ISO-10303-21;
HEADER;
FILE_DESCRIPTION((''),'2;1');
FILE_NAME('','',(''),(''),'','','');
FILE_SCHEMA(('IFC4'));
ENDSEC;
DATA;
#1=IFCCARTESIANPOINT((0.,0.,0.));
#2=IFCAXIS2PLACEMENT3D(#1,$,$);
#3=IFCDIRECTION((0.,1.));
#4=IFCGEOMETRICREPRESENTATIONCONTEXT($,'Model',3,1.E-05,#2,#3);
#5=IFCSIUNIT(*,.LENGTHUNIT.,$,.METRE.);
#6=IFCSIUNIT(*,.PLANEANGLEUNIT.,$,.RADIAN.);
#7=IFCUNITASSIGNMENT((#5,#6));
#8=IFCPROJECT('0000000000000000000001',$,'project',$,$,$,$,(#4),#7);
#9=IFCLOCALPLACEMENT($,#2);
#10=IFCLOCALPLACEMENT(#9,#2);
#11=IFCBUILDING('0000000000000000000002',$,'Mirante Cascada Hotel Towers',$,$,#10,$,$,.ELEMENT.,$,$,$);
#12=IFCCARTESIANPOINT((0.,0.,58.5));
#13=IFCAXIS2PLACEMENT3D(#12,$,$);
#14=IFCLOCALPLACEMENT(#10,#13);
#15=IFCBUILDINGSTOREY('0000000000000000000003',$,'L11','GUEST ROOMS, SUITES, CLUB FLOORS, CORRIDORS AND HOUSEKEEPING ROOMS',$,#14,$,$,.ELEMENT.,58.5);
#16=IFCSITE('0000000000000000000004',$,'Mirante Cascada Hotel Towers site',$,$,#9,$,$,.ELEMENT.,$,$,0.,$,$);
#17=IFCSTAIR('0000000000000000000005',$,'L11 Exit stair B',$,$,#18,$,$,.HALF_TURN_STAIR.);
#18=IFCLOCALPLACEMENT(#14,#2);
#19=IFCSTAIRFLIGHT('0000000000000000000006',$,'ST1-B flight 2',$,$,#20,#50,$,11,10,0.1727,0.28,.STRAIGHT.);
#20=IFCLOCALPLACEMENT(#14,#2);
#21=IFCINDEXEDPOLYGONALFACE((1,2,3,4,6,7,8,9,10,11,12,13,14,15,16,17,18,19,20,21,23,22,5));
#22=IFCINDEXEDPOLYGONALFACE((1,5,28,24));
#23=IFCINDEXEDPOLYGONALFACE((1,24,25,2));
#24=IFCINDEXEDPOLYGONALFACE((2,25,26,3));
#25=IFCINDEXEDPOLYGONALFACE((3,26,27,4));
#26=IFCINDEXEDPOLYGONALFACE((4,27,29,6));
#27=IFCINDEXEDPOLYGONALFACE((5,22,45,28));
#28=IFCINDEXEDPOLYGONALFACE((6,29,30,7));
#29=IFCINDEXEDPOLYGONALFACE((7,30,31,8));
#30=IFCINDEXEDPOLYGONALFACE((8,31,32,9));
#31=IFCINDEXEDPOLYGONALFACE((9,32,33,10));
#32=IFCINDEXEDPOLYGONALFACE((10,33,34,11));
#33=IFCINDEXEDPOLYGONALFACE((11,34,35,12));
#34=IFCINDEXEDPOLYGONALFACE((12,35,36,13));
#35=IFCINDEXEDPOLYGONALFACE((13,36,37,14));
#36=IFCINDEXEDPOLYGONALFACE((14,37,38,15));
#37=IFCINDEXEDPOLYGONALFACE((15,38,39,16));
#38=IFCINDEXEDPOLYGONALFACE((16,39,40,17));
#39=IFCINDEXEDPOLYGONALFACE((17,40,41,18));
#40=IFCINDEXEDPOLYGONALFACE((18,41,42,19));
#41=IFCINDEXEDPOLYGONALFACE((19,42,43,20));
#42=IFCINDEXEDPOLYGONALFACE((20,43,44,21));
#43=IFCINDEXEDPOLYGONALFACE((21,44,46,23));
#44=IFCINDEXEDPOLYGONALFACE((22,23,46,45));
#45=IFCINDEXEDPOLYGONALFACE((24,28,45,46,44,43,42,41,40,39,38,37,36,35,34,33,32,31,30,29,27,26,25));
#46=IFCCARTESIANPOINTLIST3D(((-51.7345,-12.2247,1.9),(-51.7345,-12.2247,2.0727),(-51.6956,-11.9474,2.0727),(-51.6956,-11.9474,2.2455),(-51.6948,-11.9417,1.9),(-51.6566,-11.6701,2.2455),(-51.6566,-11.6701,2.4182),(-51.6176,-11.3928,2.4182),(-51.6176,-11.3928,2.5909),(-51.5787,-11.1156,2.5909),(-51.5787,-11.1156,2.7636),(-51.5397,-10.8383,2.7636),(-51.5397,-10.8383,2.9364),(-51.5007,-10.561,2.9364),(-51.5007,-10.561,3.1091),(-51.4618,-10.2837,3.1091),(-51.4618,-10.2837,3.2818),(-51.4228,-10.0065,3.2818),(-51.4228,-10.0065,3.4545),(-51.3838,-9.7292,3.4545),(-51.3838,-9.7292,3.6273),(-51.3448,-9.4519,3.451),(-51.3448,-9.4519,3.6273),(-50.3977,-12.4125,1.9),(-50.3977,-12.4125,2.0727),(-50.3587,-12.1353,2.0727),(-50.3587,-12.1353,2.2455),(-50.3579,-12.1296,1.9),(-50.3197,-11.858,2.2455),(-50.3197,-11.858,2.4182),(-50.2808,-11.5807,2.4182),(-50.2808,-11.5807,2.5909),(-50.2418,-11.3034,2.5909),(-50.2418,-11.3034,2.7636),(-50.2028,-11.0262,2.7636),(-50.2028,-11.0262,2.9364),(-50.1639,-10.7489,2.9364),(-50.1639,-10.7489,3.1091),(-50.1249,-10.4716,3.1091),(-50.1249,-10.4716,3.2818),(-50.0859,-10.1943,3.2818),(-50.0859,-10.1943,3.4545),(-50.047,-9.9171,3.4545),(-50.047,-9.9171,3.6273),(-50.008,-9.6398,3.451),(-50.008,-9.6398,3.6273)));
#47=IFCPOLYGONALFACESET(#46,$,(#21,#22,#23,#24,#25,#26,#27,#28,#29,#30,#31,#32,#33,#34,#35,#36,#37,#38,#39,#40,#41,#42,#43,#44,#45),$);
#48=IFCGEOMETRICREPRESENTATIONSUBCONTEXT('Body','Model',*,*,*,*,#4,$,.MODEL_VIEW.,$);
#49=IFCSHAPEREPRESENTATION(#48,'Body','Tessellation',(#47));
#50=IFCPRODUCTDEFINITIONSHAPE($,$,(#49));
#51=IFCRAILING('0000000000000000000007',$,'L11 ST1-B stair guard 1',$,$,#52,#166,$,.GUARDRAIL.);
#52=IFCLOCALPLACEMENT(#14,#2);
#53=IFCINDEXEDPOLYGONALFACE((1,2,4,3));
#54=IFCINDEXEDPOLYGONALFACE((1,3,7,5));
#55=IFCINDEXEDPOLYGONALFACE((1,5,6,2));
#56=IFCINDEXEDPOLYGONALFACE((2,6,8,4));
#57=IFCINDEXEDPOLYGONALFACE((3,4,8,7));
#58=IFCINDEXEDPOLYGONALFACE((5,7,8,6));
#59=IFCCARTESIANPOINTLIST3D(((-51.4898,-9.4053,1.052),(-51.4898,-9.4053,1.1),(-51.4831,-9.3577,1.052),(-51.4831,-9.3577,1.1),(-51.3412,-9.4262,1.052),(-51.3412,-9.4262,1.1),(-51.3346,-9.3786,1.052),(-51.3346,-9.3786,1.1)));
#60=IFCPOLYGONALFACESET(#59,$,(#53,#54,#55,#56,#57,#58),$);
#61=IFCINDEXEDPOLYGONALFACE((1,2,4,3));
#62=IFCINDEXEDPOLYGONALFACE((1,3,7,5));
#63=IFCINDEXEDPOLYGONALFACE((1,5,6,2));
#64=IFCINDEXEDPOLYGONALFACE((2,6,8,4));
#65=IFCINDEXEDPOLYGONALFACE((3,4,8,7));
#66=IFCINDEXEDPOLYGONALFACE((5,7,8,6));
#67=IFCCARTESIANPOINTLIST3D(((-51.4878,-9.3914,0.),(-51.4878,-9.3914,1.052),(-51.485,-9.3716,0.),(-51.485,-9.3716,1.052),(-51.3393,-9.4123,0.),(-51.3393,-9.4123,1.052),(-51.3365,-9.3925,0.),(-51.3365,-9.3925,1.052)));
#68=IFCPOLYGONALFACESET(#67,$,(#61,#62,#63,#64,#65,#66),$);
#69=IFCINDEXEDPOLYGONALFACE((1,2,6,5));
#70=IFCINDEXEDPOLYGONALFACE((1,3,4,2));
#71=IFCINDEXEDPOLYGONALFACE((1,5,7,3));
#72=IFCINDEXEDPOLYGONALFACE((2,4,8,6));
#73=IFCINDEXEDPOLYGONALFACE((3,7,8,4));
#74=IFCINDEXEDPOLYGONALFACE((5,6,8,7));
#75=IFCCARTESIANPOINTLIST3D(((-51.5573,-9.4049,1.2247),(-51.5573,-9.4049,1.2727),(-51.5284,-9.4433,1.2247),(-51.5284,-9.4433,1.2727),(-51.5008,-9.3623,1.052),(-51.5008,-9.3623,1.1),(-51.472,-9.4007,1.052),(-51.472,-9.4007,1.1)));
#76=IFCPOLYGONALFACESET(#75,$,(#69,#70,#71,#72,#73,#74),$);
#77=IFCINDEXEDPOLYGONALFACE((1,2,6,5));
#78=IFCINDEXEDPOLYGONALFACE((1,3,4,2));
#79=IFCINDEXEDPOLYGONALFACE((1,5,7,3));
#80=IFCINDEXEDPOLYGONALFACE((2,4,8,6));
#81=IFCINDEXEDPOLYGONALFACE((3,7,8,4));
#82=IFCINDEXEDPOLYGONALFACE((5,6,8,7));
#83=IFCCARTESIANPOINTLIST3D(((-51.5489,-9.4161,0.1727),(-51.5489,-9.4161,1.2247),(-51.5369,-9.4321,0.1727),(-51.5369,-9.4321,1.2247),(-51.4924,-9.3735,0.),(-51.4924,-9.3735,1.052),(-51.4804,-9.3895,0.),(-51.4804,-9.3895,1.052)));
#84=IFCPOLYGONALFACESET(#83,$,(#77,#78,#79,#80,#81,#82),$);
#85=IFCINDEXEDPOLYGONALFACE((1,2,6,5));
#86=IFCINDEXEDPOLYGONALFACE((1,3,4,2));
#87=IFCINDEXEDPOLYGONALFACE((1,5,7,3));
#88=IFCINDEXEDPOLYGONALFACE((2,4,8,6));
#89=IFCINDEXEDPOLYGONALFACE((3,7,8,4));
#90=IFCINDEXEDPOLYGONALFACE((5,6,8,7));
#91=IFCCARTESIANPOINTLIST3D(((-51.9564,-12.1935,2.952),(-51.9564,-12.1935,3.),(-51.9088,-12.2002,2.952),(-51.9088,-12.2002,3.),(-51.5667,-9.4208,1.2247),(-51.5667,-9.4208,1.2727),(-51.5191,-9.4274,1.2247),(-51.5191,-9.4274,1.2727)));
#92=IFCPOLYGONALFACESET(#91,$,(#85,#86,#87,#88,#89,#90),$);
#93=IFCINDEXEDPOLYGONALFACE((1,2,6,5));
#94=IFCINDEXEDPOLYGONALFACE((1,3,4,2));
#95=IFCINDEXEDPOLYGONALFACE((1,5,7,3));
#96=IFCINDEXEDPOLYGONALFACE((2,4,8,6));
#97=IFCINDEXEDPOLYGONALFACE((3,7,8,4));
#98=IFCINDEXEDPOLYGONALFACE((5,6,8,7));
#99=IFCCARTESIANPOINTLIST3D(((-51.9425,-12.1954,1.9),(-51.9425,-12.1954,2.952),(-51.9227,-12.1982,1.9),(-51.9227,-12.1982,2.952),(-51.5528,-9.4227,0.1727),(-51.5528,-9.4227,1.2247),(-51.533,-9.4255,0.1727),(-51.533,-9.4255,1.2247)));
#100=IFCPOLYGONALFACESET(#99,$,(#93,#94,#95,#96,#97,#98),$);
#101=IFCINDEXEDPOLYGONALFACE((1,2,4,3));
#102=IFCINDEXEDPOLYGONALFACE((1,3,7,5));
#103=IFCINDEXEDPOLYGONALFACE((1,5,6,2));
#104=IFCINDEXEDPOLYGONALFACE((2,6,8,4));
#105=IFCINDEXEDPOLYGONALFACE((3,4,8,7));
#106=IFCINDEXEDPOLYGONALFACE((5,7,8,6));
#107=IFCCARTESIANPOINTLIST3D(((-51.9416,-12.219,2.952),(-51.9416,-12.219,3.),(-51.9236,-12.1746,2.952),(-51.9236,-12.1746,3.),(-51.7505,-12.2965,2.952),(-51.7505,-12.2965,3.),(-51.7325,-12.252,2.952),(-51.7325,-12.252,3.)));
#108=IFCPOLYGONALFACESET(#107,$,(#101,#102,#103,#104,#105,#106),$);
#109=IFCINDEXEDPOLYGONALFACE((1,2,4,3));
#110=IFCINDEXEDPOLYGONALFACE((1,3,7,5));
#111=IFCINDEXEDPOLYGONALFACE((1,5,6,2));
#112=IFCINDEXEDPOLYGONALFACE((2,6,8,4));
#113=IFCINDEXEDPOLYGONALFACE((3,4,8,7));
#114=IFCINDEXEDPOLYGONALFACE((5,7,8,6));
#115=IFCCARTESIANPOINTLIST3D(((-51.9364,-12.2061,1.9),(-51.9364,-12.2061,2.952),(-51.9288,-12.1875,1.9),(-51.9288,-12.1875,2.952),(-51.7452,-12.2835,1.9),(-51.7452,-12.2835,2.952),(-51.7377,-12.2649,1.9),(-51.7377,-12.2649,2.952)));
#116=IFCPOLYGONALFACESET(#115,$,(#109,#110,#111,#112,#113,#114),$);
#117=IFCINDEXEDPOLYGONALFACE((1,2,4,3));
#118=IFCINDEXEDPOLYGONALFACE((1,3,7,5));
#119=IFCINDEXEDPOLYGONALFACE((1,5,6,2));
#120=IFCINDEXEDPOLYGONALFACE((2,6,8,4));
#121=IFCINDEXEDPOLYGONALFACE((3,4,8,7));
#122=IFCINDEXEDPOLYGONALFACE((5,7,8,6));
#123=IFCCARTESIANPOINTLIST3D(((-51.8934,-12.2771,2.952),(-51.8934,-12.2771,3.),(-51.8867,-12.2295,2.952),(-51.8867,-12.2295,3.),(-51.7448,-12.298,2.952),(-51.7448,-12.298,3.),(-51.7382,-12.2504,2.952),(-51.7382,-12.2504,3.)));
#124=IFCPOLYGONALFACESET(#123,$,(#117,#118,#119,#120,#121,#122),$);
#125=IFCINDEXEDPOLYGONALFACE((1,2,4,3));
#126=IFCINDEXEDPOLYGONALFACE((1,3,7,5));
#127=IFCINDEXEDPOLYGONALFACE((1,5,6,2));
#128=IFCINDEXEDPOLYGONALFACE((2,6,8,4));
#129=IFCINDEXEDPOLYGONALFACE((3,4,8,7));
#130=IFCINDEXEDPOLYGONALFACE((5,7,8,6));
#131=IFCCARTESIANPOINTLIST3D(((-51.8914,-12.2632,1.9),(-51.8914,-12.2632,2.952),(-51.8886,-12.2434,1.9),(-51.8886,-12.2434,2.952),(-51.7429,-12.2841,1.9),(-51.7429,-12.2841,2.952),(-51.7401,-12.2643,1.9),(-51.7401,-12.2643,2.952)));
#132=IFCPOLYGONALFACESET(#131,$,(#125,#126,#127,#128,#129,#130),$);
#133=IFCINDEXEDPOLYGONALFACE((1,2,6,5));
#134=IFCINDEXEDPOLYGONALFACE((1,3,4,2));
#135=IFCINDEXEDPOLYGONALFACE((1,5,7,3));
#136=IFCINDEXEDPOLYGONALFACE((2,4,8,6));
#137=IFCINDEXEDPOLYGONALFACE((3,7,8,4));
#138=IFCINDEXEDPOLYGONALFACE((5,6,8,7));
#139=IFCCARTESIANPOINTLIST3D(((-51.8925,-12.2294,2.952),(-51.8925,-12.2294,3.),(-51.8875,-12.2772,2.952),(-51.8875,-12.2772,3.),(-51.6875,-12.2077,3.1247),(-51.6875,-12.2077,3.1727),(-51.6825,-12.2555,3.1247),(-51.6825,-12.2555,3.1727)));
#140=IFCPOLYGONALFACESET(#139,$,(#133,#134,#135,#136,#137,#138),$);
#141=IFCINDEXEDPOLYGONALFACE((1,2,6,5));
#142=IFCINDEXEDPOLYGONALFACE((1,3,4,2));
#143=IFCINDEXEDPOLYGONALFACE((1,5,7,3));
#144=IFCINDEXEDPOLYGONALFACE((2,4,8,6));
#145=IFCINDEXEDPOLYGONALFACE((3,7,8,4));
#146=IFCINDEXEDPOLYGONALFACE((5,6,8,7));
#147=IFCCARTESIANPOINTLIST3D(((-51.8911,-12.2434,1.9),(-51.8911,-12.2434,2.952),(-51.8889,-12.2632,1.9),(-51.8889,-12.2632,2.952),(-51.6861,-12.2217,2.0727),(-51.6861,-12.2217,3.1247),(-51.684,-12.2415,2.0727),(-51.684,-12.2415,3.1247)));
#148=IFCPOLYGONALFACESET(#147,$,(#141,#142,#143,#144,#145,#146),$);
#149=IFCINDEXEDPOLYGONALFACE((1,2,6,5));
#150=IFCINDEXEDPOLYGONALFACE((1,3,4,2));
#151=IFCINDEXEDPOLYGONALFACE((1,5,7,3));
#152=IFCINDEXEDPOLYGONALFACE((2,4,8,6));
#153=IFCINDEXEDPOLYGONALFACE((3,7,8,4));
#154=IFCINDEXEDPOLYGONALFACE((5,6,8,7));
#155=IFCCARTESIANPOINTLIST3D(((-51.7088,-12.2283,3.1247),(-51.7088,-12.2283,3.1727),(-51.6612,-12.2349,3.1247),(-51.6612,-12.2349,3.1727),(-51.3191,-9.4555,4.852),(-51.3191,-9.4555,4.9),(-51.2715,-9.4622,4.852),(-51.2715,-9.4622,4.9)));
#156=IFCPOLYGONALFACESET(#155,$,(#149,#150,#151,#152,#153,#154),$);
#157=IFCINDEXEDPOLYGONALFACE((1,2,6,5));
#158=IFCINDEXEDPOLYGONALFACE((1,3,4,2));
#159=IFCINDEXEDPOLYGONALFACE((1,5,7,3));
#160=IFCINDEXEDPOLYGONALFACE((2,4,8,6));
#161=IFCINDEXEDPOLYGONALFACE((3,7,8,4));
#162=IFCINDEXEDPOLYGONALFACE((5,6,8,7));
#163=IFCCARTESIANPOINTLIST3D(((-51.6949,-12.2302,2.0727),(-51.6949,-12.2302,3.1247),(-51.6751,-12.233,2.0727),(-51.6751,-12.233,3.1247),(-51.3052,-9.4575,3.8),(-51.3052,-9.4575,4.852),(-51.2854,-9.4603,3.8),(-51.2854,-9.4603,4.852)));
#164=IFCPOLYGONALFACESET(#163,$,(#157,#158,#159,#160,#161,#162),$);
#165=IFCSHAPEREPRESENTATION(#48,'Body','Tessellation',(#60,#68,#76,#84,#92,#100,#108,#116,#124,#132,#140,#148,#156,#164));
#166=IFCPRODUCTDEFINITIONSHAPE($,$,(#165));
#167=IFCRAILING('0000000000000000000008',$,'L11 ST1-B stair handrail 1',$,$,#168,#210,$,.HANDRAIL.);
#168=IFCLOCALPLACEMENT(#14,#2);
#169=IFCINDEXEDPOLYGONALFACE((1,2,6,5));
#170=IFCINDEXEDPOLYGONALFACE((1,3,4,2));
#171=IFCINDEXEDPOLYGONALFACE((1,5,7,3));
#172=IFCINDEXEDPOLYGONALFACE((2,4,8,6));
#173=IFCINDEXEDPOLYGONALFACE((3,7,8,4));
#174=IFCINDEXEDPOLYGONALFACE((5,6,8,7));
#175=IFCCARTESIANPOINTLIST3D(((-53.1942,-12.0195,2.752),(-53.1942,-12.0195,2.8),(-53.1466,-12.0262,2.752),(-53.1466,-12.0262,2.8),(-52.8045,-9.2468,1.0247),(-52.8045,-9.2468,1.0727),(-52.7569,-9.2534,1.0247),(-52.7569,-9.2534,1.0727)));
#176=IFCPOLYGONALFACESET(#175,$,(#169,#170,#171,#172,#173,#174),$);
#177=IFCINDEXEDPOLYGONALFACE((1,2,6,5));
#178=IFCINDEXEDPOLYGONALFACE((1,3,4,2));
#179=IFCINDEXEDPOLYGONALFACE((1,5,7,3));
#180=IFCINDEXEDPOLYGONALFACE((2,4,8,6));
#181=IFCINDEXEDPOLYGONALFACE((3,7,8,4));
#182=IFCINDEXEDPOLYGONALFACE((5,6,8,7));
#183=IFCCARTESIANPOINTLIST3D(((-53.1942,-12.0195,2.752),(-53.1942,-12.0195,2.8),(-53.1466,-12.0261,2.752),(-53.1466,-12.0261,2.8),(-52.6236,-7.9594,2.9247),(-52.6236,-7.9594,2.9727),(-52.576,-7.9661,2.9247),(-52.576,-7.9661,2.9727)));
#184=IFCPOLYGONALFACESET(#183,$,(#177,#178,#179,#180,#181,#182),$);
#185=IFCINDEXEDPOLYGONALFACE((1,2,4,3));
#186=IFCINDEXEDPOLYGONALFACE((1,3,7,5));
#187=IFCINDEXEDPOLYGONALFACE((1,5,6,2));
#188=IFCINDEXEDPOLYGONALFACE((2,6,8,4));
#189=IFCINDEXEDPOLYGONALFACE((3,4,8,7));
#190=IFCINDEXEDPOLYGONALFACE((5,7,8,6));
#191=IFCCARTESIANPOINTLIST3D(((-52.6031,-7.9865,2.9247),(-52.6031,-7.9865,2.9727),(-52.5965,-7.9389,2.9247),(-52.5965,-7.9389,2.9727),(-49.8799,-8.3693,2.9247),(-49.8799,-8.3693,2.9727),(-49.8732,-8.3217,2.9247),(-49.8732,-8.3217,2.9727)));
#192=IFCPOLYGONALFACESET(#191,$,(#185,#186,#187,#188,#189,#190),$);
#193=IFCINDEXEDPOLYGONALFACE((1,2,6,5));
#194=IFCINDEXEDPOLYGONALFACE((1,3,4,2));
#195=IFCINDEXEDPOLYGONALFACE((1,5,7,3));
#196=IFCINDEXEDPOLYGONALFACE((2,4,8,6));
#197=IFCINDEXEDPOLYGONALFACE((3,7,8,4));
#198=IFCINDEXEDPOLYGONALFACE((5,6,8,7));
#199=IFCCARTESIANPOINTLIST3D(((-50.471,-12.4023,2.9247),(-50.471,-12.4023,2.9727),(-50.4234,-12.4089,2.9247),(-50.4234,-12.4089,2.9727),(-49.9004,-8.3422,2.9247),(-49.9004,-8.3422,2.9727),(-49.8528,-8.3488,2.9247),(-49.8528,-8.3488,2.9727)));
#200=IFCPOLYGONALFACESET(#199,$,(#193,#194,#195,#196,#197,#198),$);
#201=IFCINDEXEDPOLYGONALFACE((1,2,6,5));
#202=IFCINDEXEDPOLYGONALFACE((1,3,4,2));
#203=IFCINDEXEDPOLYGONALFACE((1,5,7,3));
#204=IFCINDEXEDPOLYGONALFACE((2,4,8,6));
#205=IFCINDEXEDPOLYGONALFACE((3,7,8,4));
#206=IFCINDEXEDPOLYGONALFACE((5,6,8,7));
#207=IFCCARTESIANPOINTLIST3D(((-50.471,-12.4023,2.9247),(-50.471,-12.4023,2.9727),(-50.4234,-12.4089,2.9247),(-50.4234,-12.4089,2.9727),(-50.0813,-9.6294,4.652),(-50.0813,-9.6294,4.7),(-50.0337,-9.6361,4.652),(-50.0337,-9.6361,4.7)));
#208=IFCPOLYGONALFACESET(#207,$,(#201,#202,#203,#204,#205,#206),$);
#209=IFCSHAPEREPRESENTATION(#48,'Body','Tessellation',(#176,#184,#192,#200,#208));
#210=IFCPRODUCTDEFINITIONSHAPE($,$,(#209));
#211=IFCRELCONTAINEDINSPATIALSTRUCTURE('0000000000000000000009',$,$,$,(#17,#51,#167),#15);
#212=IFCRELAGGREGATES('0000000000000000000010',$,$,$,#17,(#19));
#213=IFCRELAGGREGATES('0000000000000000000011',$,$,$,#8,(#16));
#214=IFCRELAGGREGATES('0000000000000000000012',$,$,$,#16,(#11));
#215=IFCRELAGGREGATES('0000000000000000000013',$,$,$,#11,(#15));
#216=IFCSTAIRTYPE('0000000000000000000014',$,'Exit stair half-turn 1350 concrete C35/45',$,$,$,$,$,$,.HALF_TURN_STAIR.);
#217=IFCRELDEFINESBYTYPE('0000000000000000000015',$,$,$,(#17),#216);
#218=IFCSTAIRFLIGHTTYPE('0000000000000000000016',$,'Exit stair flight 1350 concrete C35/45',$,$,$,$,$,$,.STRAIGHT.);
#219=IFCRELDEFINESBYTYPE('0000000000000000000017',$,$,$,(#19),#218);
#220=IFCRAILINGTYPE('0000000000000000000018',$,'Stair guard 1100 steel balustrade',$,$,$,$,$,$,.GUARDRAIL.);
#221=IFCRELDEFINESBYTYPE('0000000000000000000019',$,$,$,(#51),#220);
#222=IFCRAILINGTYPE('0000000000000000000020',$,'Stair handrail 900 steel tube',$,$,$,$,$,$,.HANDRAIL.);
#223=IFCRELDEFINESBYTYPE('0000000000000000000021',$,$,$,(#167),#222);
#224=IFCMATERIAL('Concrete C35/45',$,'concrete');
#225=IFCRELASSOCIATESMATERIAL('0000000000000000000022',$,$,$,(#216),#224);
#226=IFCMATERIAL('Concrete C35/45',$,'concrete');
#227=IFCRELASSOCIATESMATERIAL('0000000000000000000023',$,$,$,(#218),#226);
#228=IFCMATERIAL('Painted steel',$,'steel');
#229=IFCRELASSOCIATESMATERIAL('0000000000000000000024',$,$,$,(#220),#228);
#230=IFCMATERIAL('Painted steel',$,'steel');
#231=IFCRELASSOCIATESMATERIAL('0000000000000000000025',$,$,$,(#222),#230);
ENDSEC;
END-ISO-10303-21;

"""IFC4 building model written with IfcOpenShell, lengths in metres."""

from ifc_helpers import new_model, si_unit, direction, frame, origin, origin_2d, place, context, subcontext, project, spatial, polyline, rectangle, outline, extrude, material, type_object, element, aggregate, save


model = new_model("IFC4")

# Units and contexts
model_context = context("Model", 3, precision=1e-05, world=origin(), true_north=direction((0.0, 1.0)))
body_context = subcontext(model_context, "Body", "Model", "MODEL_VIEW")
ifc_project = project(units=[si_unit("LENGTHUNIT", "METRE"), si_unit("PLANEANGLEUNIT", "RADIAN")], contexts=[model_context])

# Site, building, storey
site_placement = place(None, origin())
site = spatial("IfcSite", under=ifc_project, at=site_placement, Name="Mirante Cascada Hotel Towers site", CompositionType="ELEMENT", RefElevation=0.0)
building_placement = place(site_placement, origin())
building = spatial("IfcBuilding", under=site, at=building_placement, Name="Mirante Cascada Hotel Towers", CompositionType="ELEMENT")
storey_placement = place(building_placement, frame((0.0, 0.0, 58.5)))
storey = spatial("IfcBuildingStorey", under=building, at=storey_placement, Name="L11", Description="GUEST ROOMS, SUITES, CLUB FLOORS, CORRIDORS AND HOUSEKEEPING ROOMS", CompositionType="ELEMENT", Elevation=58.5)

# Stair, stair flight
ifc_material_1 = material(Name="Concrete C35/45", Category="concrete")
stair_type = type_object("IfcStairType", Name="Exit stair half-turn 1350 concrete C35/45", PredefinedType="HALF_TURN_STAIR", material=ifc_material_1)
stair_placement = place(storey_placement, origin())
stair = element("IfcStair", 1, at=stair_placement, inside=storey, type_object=stair_type, Name="L11 Exit stair B", PredefinedType="HALF_TURN_STAIR")
ifc_material_2 = material(Name="Concrete C35/45", Category="concrete")
stair_flight_type = type_object("IfcStairFlightType", Name="Exit stair flight 1350 concrete C35/45", PredefinedType="STRAIGHT", material=ifc_material_2)
stair_flight_1_placement = place(storey_placement, frame((-51.0661, -12.3186, 1.9), z_axis=(0.0, 0.0, 1.0), x_axis=(0.139173, 0.990268, 0.0)))
stair_flight_1 = element("IfcStairFlight", 2, at=stair_flight_1_placement, type_object=stair_flight_type, Name="ST1-B flight 2", NumberOfRisers=11, NumberOfTreads=10, PredefinedType="STRAIGHT", RiserHeight=0.1727, TreadLength=0.28, context=body_context, shape_type="SweptSolid", body=[
    extrude(outline(polyline([(0.0, 0.0), (0.0, 0.1727), (0.28, 0.1727), (0.28, 0.3455), (0.56, 0.3455), (0.56, 0.5182), (0.84, 0.5182), (0.84, 0.6909), (1.12, 0.6909), (1.12, 0.8636), (1.4, 0.8636), (1.4, 1.0364), (1.68, 1.0364), (1.68, 1.2091), (1.96, 1.2091), (1.96, 1.3818), (2.24, 1.3818), (2.24, 1.5545), (2.52, 1.5545), (2.52, 1.7273), (2.8, 1.7273), (2.8, 1.9), (2.8, 1.551), (0.2857, 0.0), (0.0, 0.0)])), frame((0.0, 0.675, 0.0), z_axis=(0.0, -1.0, 0.0), x_axis=(1.0, 0.0, 0.0)), (0.0, 0.0, 1.0), 1.35),
])
aggregate(stair, [stair_flight_1])

# Railings
ifc_material_3 = material(Name="Painted steel", Category="steel")
railing_type_1 = type_object("IfcRailingType", Name="Stair guard 1100 steel balustrade", PredefinedType="GUARDRAIL", material=ifc_material_3)
railing_1_placement = place(storey_placement, frame((-51.3379, -9.4024, 0.0)))
element("IfcRailing", 3, at=railing_1_placement, inside=storey, type_object=railing_type_1, Name="L11 ST1-B stair guard 1", PredefinedType="GUARDRAIL", context=body_context, shape_type="SweptSolid", body=[
    extrude(rectangle(XDim=0.048, YDim=0.048, at=origin_2d()), frame((0.0, 0.0, 1.076), z_axis=(-0.990241, 0.139367, 0.0), x_axis=(-0.139367, -0.990241, 0.0)), (0.0, 0.0, 1.0), 0.15),
    extrude(rectangle(XDim=0.02, YDim=1.052, at=origin_2d()), frame((0.0, 0.0, 0.526), z_axis=(-0.990241, 0.139367, 0.0), x_axis=(-0.139367, -0.990241, 0.0)), (0.0, 0.0, 1.0), 0.15),
    extrude(rectangle(XDim=0.048, YDim=0.048, at=origin_2d()), frame((-0.1485, 0.0209, 1.076), z_axis=(-0.798471, -0.602033, 0.0), x_axis=(0.602033, -0.798471, 0.0)), (0.0, 0.92534, 0.379139), 0.1866),
    extrude(rectangle(XDim=0.02, YDim=1.052, at=origin_2d()), frame((-0.1485, 0.0209, 0.526), z_axis=(-0.798471, -0.602033, 0.0), x_axis=(0.602033, -0.798471, 0.0)), (0.0, 0.92534, 0.379139), 0.1866),
    extrude(rectangle(XDim=0.048, YDim=0.048, at=origin_2d()), frame((-0.205, -0.0217, 1.2487), z_axis=(-0.139181, -0.990267, 0.0), x_axis=(0.990267, -0.139181, 0.0)), (0.0, 0.525035, 0.851081), 3.2899),
    extrude(rectangle(XDim=0.02, YDim=1.052, at=origin_2d()), frame((-0.205, -0.0217, 0.6987), z_axis=(-0.139181, -0.990267, 0.0), x_axis=(0.990267, -0.139181, 0.0)), (0.0, 0.525035, 0.851081), 3.2899),
    extrude(rectangle(XDim=0.048, YDim=0.048, at=origin_2d()), frame((-0.5947, -2.7944, 2.976), z_axis=(0.926862, -0.375401, 0.0), x_axis=(0.375401, 0.926862, 0.0)), (0.0, 0.0, 1.0), 0.2062),
    extrude(rectangle(XDim=0.02, YDim=1.052, at=origin_2d()), frame((-0.5947, -2.7944, 2.426), z_axis=(0.926862, -0.375401, 0.0), x_axis=(0.375401, 0.926862, 0.0)), (0.0, 0.0, 1.0), 0.2062),
    extrude(rectangle(XDim=0.048, YDim=0.048, at=origin_2d()), frame((-0.4036, -2.8718, 2.976), z_axis=(-0.990241, 0.139367, 0.0), x_axis=(-0.139367, -0.990241, 0.0)), (0.0, 0.0, 1.0), 0.15),
    extrude(rectangle(XDim=0.02, YDim=1.052, at=origin_2d()), frame((-0.4036, -2.8718, 2.426), z_axis=(-0.990241, 0.139367, 0.0), x_axis=(-0.139367, -0.990241, 0.0)), (0.0, 0.0, 1.0), 0.15),
    extrude(rectangle(XDim=0.048, YDim=0.048, at=origin_2d()), frame((-0.5521, -2.8509, 2.976), z_axis=(0.994444, 0.105266, 0.0), x_axis=(-0.105266, 0.994444, 0.0)), (0.0, 0.642184, 0.76655), 0.2689),
    extrude(rectangle(XDim=0.02, YDim=1.052, at=origin_2d()), frame((-0.5521, -2.8509, 2.426), z_axis=(0.994444, 0.105266, 0.0), x_axis=(-0.105266, 0.994444, 0.0)), (0.0, 0.642184, 0.76655), 0.2689),
    extrude(rectangle(XDim=0.048, YDim=0.048, at=origin_2d()), frame((-0.3471, -2.8292, 3.1487), z_axis=(0.139181, 0.990267, 0.0), x_axis=(-0.990267, 0.139181, 0.0)), (0.0, 0.525035, 0.851081), 3.2899),
    extrude(rectangle(XDim=0.02, YDim=1.052, at=origin_2d()), frame((-0.3471, -2.8292, 2.5987), z_axis=(0.139181, 0.990267, 0.0), x_axis=(-0.990267, 0.139181, 0.0)), (0.0, 0.525035, 0.851081), 3.2899),
])
ifc_material_4 = material(Name="Painted steel", Category="steel")
railing_type_2 = type_object("IfcRailingType", Name="Stair handrail 900 steel tube", PredefinedType="HANDRAIL", material=ifc_material_4)
railing_2_placement = place(storey_placement, frame((-52.7807, -9.2501, 0.1727)))
element("IfcRailing", 4, at=railing_2_placement, inside=storey, type_object=railing_type_2, Name="L11 ST1-B stair handrail 1", PredefinedType="HANDRAIL", context=body_context, shape_type="SweptSolid", body=[
    extrude(rectangle(XDim=0.048, YDim=0.048, at=origin_2d()), frame((0.0, 0.0, 0.876), z_axis=(-0.139181, -0.990267, 0.0), x_axis=(0.990267, -0.139181, 0.0)), (0.0, 0.525035, 0.851081), 3.2899),
    extrude(rectangle(XDim=0.048, YDim=0.048, at=origin_2d()), frame((-0.3897, -2.7727, 2.6033), z_axis=(0.139171, 0.990268, 0.0), x_axis=(-0.990268, 0.139171, 0.0)), (0.0, 0.042085, 0.999114), 4.1036),
    extrude(rectangle(XDim=0.048, YDim=0.048, at=origin_2d()), frame((0.1809, 1.2874, 2.776), z_axis=(0.990264, -0.139201, 0.0), x_axis=(0.139201, 0.990264, 0.0)), (0.0, 0.0, 1.0), 2.75),
    extrude(rectangle(XDim=0.048, YDim=0.048, at=origin_2d()), frame((2.9041, 0.9046, 2.776), z_axis=(-0.139171, -0.990268, 0.0), x_axis=(0.990268, -0.139171, 0.0)), (0.0, 0.0, 1.0), 4.1),
    extrude(rectangle(XDim=0.048, YDim=0.048, at=origin_2d()), frame((2.3335, -3.1555, 2.776), z_axis=(0.139176, 0.990268, 0.0), x_axis=(-0.990268, 0.139176, 0.0)), (0.0, 0.525021, 0.851089), 3.29),
])

save(model, "model.ifc")
